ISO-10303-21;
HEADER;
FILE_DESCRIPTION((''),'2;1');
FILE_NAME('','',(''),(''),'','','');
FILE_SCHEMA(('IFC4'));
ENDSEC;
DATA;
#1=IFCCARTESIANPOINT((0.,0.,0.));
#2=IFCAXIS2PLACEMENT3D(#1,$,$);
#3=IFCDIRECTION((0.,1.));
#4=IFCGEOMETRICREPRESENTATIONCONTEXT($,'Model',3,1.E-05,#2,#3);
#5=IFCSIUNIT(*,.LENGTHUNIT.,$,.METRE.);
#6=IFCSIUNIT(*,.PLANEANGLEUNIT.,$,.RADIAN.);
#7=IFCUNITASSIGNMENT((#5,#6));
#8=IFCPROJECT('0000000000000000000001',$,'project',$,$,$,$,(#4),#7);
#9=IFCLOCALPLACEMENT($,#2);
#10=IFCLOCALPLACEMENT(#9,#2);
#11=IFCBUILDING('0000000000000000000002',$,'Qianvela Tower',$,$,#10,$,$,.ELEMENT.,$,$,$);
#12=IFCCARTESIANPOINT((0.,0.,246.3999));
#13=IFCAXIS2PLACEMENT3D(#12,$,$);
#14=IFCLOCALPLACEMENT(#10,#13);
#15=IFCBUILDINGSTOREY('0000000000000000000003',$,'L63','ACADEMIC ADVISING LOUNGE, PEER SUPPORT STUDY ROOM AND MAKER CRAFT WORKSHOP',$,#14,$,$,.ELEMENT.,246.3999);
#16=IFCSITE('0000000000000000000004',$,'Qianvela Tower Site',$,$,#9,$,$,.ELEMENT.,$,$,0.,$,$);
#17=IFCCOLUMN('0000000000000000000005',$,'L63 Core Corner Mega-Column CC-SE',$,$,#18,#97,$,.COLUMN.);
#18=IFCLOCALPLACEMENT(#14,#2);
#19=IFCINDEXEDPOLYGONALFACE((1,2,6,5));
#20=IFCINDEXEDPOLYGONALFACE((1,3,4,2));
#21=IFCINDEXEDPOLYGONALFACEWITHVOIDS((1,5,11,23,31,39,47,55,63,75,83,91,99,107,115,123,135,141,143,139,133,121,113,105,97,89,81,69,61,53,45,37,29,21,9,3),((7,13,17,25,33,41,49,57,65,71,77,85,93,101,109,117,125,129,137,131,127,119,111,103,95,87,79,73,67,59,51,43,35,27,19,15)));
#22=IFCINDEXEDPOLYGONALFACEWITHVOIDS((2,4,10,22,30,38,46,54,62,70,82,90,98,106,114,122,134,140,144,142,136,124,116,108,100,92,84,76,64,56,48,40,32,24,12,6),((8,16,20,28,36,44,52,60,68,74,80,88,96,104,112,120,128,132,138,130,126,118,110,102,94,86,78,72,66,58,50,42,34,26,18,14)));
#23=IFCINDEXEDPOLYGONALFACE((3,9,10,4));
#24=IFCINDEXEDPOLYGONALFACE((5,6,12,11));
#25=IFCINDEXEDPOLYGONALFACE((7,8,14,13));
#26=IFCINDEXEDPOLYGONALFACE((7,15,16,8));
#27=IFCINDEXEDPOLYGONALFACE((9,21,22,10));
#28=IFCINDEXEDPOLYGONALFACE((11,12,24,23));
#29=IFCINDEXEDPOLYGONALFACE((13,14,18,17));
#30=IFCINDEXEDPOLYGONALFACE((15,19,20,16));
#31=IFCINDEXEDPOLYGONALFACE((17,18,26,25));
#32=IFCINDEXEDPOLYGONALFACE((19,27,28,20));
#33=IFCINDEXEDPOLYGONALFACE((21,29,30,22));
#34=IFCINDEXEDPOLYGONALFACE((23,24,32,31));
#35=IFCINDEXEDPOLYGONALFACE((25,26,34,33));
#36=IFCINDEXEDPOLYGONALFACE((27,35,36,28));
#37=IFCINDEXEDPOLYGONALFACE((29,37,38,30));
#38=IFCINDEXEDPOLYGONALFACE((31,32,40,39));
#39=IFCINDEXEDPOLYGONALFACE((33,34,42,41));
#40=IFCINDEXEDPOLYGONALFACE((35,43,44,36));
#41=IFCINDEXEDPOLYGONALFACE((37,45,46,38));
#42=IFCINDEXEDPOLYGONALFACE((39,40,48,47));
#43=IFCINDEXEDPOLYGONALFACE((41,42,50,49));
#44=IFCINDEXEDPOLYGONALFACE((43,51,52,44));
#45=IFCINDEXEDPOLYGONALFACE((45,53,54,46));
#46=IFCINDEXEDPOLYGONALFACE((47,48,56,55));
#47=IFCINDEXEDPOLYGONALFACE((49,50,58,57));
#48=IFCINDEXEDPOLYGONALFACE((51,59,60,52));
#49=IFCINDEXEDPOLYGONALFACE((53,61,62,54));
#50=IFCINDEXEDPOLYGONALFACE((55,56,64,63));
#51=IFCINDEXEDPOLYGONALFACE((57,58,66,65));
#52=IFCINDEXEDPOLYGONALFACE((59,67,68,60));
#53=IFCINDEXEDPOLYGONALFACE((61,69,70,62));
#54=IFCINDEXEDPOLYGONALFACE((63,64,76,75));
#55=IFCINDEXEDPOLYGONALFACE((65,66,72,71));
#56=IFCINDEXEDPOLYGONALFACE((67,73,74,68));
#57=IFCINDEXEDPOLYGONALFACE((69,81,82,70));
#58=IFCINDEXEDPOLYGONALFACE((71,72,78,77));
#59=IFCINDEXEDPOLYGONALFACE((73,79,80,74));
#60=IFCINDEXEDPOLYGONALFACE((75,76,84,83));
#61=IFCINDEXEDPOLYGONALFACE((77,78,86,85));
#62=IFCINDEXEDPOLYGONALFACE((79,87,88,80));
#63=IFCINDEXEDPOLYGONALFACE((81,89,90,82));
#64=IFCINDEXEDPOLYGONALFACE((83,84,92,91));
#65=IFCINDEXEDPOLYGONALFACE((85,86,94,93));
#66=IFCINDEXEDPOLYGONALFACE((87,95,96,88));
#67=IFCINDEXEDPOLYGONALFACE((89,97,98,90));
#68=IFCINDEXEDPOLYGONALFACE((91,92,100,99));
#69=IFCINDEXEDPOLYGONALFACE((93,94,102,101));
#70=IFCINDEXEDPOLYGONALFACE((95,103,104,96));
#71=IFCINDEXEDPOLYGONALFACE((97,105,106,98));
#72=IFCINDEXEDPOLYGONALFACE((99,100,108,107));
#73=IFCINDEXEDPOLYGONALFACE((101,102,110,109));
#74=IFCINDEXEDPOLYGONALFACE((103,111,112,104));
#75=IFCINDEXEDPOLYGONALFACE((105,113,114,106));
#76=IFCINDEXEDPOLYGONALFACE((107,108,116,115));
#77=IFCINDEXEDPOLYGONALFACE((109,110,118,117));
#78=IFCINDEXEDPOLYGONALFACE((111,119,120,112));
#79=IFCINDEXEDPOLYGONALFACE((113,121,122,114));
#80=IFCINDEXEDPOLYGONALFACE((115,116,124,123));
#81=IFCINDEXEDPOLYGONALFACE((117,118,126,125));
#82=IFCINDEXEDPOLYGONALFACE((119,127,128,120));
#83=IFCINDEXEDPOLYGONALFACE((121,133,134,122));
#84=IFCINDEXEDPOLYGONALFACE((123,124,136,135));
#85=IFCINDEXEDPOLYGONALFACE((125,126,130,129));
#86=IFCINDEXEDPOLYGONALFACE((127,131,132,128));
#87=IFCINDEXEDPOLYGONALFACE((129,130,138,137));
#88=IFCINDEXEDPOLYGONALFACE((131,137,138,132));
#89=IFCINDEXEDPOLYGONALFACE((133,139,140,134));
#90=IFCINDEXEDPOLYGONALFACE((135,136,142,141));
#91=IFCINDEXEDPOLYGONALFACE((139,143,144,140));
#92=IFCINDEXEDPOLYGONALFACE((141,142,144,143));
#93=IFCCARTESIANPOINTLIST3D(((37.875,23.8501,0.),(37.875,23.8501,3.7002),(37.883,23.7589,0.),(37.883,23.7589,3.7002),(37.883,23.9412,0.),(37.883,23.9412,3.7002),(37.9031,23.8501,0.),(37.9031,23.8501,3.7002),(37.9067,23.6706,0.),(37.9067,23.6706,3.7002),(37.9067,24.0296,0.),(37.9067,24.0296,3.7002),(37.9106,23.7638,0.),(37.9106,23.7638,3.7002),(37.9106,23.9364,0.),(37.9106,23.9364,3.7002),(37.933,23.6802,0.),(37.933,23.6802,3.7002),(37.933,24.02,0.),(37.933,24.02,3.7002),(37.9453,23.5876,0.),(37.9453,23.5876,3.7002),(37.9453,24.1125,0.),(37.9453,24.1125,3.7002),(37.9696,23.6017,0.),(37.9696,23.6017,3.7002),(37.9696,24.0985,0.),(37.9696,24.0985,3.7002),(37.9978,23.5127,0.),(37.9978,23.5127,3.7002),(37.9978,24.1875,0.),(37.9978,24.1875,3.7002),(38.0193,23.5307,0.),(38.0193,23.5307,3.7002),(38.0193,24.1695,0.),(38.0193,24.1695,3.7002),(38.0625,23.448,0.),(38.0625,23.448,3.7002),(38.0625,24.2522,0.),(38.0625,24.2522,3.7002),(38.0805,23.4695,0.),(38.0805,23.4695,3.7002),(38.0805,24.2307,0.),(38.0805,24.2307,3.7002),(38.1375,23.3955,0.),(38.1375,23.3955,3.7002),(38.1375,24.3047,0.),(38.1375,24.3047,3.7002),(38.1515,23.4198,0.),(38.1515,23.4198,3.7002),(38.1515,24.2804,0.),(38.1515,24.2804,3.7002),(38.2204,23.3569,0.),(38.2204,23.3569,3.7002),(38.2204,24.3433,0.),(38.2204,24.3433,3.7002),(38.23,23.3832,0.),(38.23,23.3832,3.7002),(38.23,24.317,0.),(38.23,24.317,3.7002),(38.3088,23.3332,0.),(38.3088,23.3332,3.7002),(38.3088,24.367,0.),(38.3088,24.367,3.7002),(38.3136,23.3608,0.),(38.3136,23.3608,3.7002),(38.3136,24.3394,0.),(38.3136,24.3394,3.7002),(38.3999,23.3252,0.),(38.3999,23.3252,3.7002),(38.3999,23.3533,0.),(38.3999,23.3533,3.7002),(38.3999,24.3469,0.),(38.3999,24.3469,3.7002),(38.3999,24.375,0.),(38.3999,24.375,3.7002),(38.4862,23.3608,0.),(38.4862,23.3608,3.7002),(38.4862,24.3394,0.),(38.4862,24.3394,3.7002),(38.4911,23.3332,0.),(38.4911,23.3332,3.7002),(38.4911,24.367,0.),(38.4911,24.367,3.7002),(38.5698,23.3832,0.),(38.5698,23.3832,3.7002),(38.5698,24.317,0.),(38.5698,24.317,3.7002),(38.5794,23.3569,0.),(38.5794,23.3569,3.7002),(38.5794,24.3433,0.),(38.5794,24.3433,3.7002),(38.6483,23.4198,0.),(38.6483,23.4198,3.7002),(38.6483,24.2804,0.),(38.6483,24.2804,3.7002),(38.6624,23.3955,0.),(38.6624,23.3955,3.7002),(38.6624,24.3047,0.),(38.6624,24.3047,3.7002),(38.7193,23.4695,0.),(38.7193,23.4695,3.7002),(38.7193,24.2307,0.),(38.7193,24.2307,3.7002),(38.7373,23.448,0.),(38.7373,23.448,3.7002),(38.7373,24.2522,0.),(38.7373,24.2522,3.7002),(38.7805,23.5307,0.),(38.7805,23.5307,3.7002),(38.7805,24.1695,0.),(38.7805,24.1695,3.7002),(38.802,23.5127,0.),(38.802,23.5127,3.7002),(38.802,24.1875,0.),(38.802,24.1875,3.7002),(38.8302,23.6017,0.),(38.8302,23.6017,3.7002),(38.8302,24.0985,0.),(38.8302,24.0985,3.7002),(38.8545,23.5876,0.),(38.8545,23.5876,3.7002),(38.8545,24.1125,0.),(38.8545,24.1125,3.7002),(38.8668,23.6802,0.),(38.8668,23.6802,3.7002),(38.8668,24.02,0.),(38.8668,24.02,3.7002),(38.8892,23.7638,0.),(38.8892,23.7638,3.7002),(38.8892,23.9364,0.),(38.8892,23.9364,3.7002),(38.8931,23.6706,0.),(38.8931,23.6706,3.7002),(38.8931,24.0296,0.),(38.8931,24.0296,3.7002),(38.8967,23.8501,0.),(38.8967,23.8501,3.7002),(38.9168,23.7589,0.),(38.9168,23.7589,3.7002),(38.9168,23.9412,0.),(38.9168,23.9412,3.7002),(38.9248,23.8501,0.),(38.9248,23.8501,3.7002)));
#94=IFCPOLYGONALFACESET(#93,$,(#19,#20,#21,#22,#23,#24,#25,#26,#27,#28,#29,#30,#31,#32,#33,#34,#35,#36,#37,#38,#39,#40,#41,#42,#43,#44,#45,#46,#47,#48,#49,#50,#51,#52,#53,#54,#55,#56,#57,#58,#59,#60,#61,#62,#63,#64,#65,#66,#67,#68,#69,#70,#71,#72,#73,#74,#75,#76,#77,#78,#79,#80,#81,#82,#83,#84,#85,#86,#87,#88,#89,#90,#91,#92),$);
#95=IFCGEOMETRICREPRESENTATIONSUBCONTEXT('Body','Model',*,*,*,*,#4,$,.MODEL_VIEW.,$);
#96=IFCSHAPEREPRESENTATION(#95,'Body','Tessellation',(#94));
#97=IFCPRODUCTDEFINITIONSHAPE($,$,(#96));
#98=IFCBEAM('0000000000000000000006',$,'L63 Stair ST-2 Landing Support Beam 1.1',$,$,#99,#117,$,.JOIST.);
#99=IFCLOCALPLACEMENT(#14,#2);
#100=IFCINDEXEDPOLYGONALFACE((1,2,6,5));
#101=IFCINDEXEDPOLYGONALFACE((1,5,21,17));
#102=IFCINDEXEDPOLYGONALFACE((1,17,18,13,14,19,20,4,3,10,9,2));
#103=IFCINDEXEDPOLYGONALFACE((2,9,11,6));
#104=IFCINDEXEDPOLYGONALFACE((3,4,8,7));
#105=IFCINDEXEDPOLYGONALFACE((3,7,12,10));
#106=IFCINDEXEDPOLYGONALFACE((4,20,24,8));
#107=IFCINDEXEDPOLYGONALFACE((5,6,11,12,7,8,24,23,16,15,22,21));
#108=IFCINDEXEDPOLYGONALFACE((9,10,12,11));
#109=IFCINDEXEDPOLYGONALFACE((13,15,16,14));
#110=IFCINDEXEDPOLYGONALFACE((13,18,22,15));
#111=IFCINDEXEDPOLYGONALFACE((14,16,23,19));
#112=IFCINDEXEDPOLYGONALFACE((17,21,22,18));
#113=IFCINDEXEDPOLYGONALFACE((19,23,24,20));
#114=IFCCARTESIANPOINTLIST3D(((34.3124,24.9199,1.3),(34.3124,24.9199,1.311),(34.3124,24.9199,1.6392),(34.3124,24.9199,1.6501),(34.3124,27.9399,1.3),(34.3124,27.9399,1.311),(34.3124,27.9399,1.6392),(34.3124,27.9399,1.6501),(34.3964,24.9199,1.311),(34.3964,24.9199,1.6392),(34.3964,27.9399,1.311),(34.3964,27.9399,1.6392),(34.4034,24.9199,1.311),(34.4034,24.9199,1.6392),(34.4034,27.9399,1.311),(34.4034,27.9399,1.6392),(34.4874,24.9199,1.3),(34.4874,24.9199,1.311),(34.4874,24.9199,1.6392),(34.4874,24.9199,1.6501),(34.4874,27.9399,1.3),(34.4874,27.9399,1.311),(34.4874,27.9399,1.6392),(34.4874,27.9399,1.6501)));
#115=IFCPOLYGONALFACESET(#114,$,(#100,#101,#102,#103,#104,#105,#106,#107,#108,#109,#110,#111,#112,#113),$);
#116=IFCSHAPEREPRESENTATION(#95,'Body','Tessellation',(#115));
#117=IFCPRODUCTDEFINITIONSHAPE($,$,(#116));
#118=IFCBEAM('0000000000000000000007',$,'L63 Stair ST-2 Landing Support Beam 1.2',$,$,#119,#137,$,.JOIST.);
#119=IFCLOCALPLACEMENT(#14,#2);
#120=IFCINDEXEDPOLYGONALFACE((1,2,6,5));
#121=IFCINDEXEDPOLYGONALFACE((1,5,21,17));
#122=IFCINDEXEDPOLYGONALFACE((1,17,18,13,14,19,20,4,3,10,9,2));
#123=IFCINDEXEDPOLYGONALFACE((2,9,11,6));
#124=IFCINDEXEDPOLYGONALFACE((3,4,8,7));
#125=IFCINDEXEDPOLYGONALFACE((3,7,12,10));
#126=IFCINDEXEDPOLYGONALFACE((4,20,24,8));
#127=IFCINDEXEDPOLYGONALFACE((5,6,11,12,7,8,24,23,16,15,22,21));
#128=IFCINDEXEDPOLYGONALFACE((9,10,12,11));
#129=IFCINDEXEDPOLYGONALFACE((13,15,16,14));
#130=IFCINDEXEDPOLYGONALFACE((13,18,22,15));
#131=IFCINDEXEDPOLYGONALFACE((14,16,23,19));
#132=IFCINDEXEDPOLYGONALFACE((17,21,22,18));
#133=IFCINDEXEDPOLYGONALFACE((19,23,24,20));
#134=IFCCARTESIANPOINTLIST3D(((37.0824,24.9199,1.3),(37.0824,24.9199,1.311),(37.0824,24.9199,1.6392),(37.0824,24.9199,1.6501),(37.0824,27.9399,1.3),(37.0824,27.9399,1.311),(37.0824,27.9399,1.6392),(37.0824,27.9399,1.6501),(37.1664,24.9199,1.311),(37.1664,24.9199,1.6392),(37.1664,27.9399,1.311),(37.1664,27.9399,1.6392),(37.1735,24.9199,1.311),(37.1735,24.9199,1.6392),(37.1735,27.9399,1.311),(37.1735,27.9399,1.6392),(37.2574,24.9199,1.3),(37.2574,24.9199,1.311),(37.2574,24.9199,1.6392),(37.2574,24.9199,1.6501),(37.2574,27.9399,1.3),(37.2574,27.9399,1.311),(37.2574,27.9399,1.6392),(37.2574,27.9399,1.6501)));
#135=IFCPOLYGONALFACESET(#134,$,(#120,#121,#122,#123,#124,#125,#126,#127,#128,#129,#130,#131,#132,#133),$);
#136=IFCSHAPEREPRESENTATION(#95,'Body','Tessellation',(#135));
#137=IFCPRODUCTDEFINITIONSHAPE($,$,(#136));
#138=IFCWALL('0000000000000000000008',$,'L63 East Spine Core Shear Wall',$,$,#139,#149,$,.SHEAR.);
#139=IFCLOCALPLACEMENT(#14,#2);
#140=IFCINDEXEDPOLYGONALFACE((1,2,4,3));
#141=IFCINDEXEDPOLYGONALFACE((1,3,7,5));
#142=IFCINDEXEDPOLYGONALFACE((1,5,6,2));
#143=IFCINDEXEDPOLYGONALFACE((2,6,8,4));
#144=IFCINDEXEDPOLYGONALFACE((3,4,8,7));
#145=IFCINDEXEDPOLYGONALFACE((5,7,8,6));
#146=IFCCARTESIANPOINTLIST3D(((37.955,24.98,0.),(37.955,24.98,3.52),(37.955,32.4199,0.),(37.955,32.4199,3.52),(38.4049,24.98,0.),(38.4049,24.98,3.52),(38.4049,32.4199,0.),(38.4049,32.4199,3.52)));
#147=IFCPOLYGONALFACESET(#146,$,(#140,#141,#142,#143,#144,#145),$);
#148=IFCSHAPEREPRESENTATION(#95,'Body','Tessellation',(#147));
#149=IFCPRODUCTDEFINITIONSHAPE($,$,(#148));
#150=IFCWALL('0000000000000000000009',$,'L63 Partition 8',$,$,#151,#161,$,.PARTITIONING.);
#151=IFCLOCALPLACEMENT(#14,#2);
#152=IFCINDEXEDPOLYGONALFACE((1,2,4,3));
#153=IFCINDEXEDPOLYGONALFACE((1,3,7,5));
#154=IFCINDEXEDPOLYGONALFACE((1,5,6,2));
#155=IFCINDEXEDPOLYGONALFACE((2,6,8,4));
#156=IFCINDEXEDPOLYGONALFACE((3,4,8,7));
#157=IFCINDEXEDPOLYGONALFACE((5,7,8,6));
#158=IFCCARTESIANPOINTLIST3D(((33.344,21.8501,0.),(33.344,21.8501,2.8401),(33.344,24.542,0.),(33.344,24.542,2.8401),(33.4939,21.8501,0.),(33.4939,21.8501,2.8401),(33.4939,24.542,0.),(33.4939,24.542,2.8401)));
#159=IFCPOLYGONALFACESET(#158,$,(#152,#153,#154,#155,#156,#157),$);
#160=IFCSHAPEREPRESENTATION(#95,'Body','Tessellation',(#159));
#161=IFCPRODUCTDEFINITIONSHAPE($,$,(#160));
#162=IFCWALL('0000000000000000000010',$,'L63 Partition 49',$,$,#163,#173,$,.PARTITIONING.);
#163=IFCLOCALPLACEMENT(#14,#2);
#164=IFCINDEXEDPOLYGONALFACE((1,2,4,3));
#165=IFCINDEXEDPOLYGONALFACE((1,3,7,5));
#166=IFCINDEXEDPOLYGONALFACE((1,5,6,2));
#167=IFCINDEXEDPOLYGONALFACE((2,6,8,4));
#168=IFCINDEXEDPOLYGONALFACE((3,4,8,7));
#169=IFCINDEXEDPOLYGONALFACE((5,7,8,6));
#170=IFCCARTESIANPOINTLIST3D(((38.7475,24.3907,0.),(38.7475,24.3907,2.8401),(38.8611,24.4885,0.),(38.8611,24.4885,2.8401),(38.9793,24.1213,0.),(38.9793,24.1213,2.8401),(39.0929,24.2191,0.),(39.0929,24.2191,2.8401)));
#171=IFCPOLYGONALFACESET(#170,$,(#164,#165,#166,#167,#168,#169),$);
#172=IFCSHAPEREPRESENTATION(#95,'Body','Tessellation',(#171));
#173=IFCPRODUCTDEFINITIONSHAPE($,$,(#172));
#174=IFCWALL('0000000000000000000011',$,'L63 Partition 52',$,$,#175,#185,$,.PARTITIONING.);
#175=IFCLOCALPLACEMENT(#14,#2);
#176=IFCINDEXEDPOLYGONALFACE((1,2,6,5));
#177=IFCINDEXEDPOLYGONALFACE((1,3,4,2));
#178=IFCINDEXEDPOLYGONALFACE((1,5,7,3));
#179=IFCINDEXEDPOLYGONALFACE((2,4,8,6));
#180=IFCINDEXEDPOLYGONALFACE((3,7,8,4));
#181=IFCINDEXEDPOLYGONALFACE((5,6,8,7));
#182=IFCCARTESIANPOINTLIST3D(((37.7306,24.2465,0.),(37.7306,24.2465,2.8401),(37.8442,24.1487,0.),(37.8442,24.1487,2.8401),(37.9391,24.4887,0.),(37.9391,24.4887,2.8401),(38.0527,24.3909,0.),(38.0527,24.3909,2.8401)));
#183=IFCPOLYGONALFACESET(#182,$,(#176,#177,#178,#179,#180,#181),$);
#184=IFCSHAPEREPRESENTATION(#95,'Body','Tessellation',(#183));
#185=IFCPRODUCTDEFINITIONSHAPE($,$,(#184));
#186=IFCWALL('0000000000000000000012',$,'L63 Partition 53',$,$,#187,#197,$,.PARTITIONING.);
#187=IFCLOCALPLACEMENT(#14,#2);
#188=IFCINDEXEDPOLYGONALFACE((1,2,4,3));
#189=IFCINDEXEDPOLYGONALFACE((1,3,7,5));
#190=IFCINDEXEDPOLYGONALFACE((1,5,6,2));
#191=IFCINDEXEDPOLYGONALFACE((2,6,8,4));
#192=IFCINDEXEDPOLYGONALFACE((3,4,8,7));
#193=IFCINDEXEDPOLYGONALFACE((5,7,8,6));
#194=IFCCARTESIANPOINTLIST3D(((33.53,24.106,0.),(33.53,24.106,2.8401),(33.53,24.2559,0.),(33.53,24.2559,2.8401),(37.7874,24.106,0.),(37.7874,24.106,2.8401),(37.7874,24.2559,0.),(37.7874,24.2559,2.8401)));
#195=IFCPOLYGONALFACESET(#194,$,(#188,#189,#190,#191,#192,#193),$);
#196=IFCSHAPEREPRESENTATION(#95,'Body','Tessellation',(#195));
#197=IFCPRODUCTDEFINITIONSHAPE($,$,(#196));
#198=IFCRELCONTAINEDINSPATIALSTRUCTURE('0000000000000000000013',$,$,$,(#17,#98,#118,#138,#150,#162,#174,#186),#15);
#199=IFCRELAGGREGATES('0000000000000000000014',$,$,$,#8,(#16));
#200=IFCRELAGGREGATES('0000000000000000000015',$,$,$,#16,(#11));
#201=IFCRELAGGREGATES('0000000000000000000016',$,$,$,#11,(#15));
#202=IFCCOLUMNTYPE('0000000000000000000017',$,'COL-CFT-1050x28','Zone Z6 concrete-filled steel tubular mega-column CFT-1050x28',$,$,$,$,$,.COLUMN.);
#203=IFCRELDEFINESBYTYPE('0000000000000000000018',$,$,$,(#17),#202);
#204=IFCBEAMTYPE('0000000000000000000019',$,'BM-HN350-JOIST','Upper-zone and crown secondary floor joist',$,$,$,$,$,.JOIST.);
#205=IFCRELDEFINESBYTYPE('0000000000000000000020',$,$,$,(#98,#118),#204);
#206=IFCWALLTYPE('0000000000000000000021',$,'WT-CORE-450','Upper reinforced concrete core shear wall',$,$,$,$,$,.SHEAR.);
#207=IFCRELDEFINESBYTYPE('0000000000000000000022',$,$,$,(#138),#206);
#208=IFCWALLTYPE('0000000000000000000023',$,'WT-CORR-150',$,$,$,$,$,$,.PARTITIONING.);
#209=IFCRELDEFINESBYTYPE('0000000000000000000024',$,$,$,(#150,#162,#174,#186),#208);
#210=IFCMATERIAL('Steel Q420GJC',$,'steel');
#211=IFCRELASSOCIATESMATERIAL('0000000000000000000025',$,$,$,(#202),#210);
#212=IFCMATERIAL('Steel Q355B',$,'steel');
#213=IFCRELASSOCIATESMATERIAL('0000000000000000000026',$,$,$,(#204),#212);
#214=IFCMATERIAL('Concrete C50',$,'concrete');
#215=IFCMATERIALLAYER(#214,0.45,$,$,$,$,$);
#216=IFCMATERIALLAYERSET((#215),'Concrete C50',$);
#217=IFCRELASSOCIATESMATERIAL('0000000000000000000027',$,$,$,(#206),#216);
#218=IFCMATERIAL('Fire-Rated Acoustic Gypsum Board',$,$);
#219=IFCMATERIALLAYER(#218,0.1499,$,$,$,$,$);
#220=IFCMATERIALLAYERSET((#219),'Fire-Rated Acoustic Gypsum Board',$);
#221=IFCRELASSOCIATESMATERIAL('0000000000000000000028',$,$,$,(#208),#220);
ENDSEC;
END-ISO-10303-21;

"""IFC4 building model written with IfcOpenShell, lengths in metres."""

from ifc_helpers import new_model, si_unit, direction, frame, frame_2d, origin, origin_2d, place, context, subcontext, project, spatial, rectangle, hollow_circle, i_section, extrude, material, layer, layer_set, material_profile, profile_set, type_object, element, save


model = new_model("IFC4")

# Units and contexts
model_context = context("Model", 3, precision=1e-05, world=origin(), true_north=direction((0.0, 1.0)))
body_context = subcontext(model_context, "Body", "Model", "MODEL_VIEW")
ifc_project = project(units=[si_unit("LENGTHUNIT", "METRE"), si_unit("PLANEANGLEUNIT", "RADIAN")], contexts=[model_context])

# Site, building, storey
site_placement = place(None, origin())
site = spatial("IfcSite", under=ifc_project, at=site_placement, Name="Qianvela Tower Site", CompositionType="ELEMENT", RefElevation=0.0)
building_placement = place(site_placement, origin())
building = spatial("IfcBuilding", under=site, at=building_placement, Name="Qianvela Tower", CompositionType="ELEMENT")
storey_placement = place(building_placement, frame((0.0, 0.0, 246.3999)))
storey = spatial("IfcBuildingStorey", under=building, at=storey_placement, Name="L63", Description="ACADEMIC ADVISING LOUNGE, PEER SUPPORT STUDY ROOM AND MAKER CRAFT WORKSHOP", CompositionType="ELEMENT", Elevation=246.3999)

# Column
ifc_material_1 = material(Name="Steel Q420GJC", Category="steel")
ifc_material_profile_1 = material_profile(ifc_material_1, hollow_circle(Radius=0.5249, WallThickness=0.0281, at=origin_2d()), Name="CFT-1050x28")
ifc_profile_set_1 = profile_set([ifc_material_profile_1], Name="Steel Q420GJC")
column_type = type_object("IfcColumnType", Name="COL-CFT-1050x28", Description="Zone Z6 concrete-filled steel tubular mega-column CFT-1050x28", PredefinedType="COLUMN", material=ifc_profile_set_1)
column_placement = place(storey_placement, frame((38.3999, 23.8501, 0.0), z_axis=(0.0, 0.0, 1.0), x_axis=(1.0, 0.0, 0.0)))
element("IfcColumn", 1, at=column_placement, inside=storey, type_object=column_type, Name="L63 Core Corner Mega-Column CC-SE", PredefinedType="COLUMN", context=body_context, shape_type="SweptSolid", body=[
    extrude(hollow_circle(Radius=0.5249, WallThickness=0.0281, at=origin_2d()), origin(), (0.0, 0.0, 1.0), 3.7002),
])

# Beams
ifc_material_2 = material(Name="Steel Q355B", Category="steel")
ifc_material_profile_2 = material_profile(ifc_material_2, i_section(OverallWidth=0.175, OverallDepth=0.3501, WebThickness=0.0071, FlangeThickness=0.011, at=origin_2d()), Name="HN350x175x7x11")
ifc_profile_set_2 = profile_set([ifc_material_profile_2], Name="Steel Q355B")
beam_type = type_object("IfcBeamType", Name="BM-HN350-JOIST", Description="Upper-zone and crown secondary floor joist", PredefinedType="JOIST", material=ifc_profile_set_2)
for number, where, z_axis, x_axis, name in (
    (2, (34.3999, 24.9199, 1.4751), (0.0, 1.0, 0.0), (-1.0, 0.0, 0.0), "L63 Stair ST-2 Landing Support Beam 1.1"),
    (3, (37.1699, 24.9199, 1.4751), (0.0, 1.0, 0.0), (-1.0, 0.0, 0.0), "L63 Stair ST-2 Landing Support Beam 1.2"),
):
    element("IfcBeam", number, at=place(storey_placement, frame(where, z_axis=z_axis, x_axis=x_axis)), inside=storey, type_object=beam_type, Name=name, PredefinedType="JOIST", context=body_context, shape_type="SweptSolid", body=[
        extrude(i_section(OverallWidth=0.175, OverallDepth=0.3501, WebThickness=0.0071, FlangeThickness=0.011, at=origin_2d()), origin(), (0.0, 0.0, 1.0), 3.02),
    ])

# Wall
ifc_material_3 = material(Name="Concrete C50", Category="concrete")
ifc_layer_1 = layer(ifc_material_3, 0.45)
ifc_layer_set_1 = layer_set([ifc_layer_1], Name="Concrete C50")
wall_type_1 = type_object("IfcWallType", Name="WT-CORE-450", Description="Upper reinforced concrete core shear wall", PredefinedType="SHEAR", material=ifc_layer_set_1)
wall_1_placement = place(storey_placement, frame((38.1799, 24.98, 0.0), z_axis=(0.0, 0.0, 1.0), x_axis=(0.0, 1.0, 0.0)))
element("IfcWall", 4, at=wall_1_placement, inside=storey, type_object=wall_type_1, Name="L63 East Spine Core Shear Wall", PredefinedType="SHEAR", context=body_context, shape_type="SweptSolid", body=[
    extrude(rectangle(XDim=7.4399, YDim=0.45, at=frame_2d((3.72, 0.0))), origin(), (0.0, 0.0, 1.0), 3.52),
])

# Shared definitions
ifc_material_4 = material(Name="Fire-Rated Acoustic Gypsum Board")
ifc_layer_2 = layer(ifc_material_4, 0.1499)
ifc_layer_set_2 = layer_set([ifc_layer_2], Name="Fire-Rated Acoustic Gypsum Board")
wall_type_2 = type_object("IfcWallType", Name="WT-CORR-150", PredefinedType="PARTITIONING", material=ifc_layer_set_2)

# Walls
wall_2_placement = place(storey_placement, frame((33.4189, 24.542, 0.0), z_axis=(0.0, 0.0, 1.0), x_axis=(0.0, -1.0, 0.0)))
element("IfcWall", 5, at=wall_2_placement, inside=storey, type_object=wall_type_2, Name="L63 Partition 8", PredefinedType="PARTITIONING", context=body_context, shape_type="SweptSolid", body=[
    extrude(rectangle(XDim=2.6919, YDim=0.1499, at=frame_2d((1.3459, 0.0))), origin(), (0.0, 0.0, 1.0), 2.8401),
])
wall_3_placement = place(storey_placement, frame((39.0361, 24.1702, 0.0), z_axis=(0.0, 0.0, 1.0), x_axis=(-0.65226, 0.757995, 0.0)))
element("IfcWall", 6, at=wall_3_placement, inside=storey, type_object=wall_type_2, Name="L63 Partition 49", PredefinedType="PARTITIONING", context=body_context, shape_type="SweptSolid", body=[
    extrude(rectangle(XDim=0.3555, YDim=0.1499, at=frame_2d((0.1777, 0.0))), origin(), (0.0, 0.0, 1.0), 2.8401),
])
wall_4_placement = place(storey_placement, frame((37.9958, 24.4397, 0.0), z_axis=(0.0, 0.0, 1.0), x_axis=(-0.652426, -0.757853, 0.0)))
element("IfcWall", 7, at=wall_4_placement, inside=storey, type_object=wall_type_2, Name="L63 Partition 52", PredefinedType="PARTITIONING", context=body_context, shape_type="SweptSolid", body=[
    extrude(rectangle(XDim=0.3196, YDim=0.1499, at=frame_2d((0.1597, 0.0))), origin(), (0.0, 0.0, 1.0), 2.8401),
])
wall_5_placement = place(storey_placement, frame((37.7874, 24.1809, 0.0), z_axis=(0.0, 0.0, 1.0), x_axis=(-1.0, 0.0, 0.0)))
element("IfcWall", 8, at=wall_5_placement, inside=storey, type_object=wall_type_2, Name="L63 Partition 53", PredefinedType="PARTITIONING", context=body_context, shape_type="SweptSolid", body=[
    extrude(rectangle(XDim=4.2573, YDim=0.1499, at=frame_2d((2.1287, 0.0))), origin(), (0.0, 0.0, 1.0), 2.8401),
])

save(model, "model.ifc")
